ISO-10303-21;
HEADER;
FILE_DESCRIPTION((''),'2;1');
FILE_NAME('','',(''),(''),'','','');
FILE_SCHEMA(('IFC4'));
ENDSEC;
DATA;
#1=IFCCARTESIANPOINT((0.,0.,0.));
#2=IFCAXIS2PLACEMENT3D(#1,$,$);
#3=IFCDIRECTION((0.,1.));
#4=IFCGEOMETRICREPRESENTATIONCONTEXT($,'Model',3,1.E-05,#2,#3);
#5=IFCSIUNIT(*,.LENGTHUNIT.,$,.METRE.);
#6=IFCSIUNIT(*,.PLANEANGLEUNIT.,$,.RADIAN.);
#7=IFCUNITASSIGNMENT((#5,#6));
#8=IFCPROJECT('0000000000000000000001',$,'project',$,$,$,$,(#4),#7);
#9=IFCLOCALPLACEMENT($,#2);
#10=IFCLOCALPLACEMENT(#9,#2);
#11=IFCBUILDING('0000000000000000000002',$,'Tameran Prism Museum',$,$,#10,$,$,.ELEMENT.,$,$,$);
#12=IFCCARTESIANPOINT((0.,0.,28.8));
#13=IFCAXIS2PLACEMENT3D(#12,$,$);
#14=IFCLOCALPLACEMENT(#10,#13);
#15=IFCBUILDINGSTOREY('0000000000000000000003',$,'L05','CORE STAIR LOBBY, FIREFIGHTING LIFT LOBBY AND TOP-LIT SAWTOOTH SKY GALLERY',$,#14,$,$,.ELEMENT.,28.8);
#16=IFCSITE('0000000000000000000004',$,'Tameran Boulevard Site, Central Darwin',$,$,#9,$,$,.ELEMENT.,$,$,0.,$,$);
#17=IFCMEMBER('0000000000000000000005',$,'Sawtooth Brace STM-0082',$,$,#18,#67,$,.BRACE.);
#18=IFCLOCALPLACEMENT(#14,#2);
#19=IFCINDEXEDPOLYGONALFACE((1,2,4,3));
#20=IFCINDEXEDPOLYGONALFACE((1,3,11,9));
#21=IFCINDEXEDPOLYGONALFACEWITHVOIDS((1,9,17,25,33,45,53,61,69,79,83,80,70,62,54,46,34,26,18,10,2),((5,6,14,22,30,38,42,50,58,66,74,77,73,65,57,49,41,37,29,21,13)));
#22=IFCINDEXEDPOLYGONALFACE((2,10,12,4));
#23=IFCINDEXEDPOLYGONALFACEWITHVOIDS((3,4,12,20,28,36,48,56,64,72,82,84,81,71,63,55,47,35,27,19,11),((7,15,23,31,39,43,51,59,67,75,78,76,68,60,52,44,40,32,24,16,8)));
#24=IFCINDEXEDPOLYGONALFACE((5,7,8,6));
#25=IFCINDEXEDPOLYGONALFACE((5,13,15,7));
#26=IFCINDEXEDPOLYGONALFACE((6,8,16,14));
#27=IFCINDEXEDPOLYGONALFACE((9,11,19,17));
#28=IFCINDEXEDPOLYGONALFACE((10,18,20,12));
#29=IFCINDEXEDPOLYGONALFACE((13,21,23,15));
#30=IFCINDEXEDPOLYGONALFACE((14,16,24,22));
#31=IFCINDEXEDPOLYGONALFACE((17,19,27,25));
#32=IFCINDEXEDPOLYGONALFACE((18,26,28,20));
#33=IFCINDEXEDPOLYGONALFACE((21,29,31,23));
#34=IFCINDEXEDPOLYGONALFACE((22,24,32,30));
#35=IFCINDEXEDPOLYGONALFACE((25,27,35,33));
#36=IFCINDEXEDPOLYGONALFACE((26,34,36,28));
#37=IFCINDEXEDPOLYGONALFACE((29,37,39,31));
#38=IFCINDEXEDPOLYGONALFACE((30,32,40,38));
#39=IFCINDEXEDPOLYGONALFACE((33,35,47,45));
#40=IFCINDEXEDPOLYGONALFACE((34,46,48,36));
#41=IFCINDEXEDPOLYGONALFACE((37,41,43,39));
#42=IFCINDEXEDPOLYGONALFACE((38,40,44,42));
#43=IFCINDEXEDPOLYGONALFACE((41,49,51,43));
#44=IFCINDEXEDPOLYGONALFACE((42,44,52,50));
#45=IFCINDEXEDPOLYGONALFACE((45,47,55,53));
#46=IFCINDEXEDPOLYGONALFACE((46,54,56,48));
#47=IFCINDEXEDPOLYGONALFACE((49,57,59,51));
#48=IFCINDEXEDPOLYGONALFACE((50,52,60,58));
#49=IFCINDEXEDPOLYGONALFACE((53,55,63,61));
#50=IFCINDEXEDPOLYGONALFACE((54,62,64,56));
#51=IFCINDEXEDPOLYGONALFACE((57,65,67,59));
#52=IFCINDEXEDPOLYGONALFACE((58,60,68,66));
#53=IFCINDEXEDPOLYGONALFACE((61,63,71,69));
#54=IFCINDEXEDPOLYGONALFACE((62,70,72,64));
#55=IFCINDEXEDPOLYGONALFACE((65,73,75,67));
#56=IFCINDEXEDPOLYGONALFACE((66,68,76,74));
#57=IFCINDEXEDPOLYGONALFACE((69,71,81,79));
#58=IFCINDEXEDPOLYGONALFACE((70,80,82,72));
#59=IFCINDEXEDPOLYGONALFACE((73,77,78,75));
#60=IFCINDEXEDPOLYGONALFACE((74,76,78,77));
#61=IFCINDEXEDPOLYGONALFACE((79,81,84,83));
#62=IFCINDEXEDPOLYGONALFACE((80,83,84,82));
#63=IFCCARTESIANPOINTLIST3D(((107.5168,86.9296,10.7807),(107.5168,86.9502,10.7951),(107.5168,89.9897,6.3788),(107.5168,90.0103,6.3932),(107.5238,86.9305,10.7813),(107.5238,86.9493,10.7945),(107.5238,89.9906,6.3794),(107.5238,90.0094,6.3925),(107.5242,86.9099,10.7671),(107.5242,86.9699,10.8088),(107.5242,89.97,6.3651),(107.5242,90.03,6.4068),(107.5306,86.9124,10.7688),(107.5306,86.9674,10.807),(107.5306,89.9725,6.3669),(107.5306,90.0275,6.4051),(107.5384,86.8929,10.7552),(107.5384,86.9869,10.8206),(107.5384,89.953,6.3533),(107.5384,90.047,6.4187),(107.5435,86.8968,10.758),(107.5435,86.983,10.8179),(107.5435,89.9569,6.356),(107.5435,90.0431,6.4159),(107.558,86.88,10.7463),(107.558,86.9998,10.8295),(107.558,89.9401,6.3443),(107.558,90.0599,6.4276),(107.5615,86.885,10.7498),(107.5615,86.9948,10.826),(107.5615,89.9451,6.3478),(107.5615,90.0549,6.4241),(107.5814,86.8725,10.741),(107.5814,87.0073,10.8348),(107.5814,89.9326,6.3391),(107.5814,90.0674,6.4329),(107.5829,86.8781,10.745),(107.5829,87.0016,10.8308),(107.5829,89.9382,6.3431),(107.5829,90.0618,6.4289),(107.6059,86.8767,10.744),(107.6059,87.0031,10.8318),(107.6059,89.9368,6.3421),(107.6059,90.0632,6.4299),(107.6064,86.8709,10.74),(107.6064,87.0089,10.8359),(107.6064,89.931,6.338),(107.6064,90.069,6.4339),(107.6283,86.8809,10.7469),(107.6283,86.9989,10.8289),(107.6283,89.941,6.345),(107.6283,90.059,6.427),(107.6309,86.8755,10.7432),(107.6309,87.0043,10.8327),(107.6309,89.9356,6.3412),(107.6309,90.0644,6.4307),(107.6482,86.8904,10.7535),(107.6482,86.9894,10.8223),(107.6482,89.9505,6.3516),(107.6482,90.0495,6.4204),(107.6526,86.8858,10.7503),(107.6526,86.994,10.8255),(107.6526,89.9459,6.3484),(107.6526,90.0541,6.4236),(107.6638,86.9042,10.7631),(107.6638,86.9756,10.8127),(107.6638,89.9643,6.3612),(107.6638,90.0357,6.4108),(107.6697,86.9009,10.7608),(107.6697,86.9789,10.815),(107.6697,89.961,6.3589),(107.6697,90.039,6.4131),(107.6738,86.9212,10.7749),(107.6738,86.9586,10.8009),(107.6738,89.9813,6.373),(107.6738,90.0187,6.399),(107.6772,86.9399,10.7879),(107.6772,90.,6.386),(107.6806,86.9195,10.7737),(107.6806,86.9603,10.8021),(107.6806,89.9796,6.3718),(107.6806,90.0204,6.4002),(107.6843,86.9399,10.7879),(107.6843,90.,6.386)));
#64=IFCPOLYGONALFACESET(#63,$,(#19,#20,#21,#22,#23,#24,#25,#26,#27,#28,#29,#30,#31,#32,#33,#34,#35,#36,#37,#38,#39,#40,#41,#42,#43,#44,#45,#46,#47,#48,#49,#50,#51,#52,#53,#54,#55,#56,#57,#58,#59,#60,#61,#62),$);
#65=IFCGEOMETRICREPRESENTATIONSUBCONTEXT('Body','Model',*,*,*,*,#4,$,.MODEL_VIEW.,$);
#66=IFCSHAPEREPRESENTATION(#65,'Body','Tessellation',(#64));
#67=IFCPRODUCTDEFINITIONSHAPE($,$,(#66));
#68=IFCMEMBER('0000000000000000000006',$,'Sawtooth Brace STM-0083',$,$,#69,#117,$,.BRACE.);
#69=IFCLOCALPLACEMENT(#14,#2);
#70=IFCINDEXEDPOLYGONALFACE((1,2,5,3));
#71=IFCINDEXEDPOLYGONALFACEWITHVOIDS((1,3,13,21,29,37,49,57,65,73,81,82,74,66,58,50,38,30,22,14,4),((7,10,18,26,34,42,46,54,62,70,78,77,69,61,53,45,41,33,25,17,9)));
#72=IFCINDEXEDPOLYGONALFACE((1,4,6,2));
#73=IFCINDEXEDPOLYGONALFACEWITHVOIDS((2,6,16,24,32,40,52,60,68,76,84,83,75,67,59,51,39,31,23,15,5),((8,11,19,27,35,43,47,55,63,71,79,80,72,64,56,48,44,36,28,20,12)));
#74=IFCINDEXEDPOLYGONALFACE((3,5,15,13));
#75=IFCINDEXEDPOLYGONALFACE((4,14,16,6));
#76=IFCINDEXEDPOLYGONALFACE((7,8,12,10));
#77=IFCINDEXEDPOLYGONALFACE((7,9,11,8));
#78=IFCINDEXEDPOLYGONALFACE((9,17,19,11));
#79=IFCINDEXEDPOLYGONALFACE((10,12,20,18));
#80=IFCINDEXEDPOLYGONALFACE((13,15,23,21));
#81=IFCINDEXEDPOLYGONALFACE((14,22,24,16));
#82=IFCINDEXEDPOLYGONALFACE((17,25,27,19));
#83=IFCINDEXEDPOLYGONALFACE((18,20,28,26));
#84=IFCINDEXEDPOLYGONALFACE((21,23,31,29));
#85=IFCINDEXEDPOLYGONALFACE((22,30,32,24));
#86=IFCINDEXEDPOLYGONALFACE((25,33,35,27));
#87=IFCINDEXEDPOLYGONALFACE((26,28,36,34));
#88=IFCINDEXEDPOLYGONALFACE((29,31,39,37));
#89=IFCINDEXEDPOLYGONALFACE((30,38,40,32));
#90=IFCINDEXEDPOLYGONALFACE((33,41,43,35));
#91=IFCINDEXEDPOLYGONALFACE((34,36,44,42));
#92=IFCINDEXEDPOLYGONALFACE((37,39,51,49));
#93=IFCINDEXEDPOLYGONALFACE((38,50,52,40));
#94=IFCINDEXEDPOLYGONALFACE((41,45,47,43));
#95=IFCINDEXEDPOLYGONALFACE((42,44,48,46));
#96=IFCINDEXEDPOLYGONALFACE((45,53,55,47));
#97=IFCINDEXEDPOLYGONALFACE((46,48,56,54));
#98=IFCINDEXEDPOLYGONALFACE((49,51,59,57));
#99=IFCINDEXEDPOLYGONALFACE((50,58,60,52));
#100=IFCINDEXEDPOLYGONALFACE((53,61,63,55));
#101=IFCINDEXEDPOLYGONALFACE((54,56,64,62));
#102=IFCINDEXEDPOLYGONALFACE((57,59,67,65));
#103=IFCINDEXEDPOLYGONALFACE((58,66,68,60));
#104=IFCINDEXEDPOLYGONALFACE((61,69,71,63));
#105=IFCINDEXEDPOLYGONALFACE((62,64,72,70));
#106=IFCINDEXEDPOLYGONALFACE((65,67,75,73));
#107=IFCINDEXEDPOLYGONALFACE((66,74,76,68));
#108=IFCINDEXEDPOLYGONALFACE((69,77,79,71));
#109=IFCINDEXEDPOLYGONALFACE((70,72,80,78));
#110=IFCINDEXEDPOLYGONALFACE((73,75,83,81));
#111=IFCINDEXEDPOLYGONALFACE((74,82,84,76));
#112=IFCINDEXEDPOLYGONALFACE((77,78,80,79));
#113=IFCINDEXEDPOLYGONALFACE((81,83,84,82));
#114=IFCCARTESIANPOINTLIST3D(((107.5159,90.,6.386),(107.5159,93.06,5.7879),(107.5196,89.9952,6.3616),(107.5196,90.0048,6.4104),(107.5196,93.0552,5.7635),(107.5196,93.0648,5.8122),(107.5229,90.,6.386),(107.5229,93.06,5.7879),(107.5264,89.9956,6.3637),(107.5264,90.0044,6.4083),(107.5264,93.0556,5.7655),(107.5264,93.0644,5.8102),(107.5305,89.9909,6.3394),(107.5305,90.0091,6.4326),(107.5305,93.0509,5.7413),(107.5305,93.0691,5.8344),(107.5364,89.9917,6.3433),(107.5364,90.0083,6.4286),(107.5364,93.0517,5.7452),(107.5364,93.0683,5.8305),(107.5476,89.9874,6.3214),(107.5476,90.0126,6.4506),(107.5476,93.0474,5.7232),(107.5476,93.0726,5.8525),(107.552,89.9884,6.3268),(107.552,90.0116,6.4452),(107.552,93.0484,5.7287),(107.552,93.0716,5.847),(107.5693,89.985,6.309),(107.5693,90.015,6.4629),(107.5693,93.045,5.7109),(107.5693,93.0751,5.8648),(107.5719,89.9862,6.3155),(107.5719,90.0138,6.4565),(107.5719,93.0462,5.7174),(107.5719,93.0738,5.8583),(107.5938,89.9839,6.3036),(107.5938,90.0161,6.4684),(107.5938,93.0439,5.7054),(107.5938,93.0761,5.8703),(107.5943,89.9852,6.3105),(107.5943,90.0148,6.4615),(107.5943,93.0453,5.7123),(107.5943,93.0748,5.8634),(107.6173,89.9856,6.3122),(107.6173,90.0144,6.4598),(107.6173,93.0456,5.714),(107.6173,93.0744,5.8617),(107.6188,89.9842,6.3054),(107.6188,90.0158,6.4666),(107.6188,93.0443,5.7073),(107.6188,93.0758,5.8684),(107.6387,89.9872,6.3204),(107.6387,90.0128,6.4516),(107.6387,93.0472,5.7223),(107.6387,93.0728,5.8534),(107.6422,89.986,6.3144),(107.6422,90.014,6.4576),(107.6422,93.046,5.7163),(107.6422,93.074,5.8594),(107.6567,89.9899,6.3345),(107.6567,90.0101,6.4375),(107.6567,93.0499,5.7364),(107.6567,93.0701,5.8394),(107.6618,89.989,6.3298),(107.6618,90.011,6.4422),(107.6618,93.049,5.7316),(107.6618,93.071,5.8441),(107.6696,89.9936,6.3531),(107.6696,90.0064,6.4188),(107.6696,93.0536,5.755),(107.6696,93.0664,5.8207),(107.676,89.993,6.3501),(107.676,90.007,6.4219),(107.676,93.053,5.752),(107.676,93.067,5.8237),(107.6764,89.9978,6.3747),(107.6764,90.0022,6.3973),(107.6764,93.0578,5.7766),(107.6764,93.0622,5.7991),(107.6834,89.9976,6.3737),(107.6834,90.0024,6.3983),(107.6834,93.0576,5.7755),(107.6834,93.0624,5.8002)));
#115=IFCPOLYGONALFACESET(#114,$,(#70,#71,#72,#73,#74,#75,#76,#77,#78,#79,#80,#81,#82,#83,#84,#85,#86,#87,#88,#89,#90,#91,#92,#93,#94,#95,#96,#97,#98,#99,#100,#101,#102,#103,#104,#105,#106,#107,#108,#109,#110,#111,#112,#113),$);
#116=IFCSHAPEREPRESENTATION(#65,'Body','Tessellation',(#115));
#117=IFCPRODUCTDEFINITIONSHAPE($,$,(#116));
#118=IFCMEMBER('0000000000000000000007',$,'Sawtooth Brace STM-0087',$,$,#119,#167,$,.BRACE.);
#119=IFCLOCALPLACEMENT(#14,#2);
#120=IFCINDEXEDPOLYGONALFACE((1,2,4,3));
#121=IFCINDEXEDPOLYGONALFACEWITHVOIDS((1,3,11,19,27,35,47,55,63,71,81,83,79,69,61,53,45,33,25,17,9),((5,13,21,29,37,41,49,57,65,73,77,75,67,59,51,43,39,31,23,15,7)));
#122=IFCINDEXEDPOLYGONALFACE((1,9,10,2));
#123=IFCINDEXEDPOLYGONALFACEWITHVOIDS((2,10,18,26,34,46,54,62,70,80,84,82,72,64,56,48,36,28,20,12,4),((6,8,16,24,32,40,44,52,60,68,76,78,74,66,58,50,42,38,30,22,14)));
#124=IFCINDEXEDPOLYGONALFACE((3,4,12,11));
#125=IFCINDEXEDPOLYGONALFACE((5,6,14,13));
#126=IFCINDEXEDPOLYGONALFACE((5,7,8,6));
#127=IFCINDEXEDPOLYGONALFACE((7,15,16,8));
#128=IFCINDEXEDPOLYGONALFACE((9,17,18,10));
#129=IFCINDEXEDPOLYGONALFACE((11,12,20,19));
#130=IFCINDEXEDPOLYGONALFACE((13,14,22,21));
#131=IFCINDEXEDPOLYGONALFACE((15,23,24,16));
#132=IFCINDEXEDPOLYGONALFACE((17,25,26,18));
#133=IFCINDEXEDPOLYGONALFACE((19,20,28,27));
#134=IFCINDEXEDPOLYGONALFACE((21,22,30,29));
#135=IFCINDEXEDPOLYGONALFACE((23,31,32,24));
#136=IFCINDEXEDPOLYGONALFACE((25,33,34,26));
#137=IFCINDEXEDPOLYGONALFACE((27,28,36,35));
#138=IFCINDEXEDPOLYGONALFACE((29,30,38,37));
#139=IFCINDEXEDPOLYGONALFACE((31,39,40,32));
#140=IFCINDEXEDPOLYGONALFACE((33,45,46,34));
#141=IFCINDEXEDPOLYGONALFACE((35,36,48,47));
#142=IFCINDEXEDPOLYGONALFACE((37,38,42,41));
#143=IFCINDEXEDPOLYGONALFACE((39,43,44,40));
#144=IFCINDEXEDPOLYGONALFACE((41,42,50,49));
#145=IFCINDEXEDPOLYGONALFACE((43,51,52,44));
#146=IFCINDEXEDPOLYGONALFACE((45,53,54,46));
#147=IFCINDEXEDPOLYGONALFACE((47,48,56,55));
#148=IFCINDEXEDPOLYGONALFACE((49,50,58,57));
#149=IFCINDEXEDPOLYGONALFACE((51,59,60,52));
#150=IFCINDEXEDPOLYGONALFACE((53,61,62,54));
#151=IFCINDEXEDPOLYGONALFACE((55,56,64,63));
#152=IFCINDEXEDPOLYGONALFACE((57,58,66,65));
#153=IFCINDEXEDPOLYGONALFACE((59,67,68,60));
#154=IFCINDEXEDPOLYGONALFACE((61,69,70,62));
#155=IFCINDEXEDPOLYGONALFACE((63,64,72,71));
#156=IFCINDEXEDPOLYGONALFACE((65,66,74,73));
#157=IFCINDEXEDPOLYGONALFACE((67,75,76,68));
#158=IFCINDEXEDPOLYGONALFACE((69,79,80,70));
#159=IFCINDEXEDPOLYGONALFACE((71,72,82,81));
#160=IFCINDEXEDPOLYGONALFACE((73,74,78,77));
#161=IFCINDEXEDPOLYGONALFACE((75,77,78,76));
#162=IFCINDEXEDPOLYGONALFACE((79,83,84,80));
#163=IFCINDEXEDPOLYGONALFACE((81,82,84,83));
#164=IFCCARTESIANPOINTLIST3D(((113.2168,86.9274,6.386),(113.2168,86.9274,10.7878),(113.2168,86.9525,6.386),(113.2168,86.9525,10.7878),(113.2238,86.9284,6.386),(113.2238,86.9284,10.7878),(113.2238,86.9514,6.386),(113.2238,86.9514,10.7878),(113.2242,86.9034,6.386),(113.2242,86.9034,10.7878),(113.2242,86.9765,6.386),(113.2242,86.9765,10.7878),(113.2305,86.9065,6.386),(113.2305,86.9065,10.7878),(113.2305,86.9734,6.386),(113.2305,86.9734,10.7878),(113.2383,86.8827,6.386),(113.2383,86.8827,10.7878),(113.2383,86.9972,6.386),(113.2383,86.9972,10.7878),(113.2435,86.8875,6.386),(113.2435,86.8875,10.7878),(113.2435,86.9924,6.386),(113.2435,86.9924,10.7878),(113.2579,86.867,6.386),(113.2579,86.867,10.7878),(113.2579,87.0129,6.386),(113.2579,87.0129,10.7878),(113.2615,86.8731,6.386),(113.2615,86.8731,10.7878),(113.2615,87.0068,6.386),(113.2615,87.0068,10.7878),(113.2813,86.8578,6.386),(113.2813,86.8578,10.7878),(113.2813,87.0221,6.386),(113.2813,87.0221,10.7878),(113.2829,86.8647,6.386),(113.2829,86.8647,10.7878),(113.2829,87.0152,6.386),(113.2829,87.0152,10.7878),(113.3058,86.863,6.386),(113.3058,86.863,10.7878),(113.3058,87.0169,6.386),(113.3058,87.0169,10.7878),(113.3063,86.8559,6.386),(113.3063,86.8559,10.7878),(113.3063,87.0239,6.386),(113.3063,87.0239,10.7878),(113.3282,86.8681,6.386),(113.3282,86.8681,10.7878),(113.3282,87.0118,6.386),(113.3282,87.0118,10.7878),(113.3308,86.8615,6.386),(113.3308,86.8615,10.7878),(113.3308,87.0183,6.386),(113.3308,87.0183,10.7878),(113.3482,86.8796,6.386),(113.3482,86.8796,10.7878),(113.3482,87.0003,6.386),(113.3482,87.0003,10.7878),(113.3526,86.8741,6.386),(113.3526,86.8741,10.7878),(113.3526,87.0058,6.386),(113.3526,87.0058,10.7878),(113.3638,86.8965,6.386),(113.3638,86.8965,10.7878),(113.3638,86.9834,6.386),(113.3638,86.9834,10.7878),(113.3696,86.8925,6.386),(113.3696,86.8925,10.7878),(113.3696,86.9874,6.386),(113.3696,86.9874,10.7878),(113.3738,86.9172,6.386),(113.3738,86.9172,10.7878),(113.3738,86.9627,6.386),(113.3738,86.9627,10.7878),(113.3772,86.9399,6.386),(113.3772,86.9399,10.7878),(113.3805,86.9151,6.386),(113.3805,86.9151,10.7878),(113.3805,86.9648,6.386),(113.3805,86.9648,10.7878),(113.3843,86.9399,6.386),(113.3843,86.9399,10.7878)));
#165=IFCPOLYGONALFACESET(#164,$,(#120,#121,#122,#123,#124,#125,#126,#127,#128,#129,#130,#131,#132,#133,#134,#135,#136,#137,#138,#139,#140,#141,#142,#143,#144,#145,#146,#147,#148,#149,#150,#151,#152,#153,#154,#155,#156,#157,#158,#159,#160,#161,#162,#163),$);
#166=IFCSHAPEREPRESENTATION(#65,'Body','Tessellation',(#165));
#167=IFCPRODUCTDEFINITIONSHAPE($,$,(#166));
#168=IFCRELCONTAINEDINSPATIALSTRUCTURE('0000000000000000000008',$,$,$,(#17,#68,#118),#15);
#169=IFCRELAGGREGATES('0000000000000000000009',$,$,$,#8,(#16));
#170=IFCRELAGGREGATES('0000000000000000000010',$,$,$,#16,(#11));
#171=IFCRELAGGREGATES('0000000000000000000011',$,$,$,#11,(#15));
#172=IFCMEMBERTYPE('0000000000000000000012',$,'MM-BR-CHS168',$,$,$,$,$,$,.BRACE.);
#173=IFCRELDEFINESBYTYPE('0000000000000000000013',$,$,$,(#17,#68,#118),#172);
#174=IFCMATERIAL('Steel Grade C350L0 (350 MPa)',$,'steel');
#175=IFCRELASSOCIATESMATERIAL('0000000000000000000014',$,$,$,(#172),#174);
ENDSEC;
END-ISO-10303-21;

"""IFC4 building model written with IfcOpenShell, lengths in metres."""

from ifc_helpers import new_model, si_unit, direction, frame, origin, origin_2d, place, context, subcontext, project, spatial, hollow_circle, extrude, material, material_profile, profile_set, type_object, element, save


model = new_model("IFC4")

# Units and contexts
model_context = context("Model", 3, precision=1e-05, world=origin(), true_north=direction((0.0, 1.0)))
body_context = subcontext(model_context, "Body", "Model", "MODEL_VIEW")
ifc_project = project(units=[si_unit("LENGTHUNIT", "METRE"), si_unit("PLANEANGLEUNIT", "RADIAN")], contexts=[model_context])

# Site, building, storey
site_placement = place(None, origin())
site = spatial("IfcSite", under=ifc_project, at=site_placement, Name="Tameran Boulevard Site, Central Darwin", CompositionType="ELEMENT", RefElevation=0.0)
building_placement = place(site_placement, origin())
building = spatial("IfcBuilding", under=site, at=building_placement, Name="Tameran Prism Museum", CompositionType="ELEMENT")
storey_placement = place(building_placement, frame((0.0, 0.0, 28.8)))
storey = spatial("IfcBuildingStorey", under=building, at=storey_placement, Name="L05", Description="CORE STAIR LOBBY, FIREFIGHTING LIFT LOBBY AND TOP-LIT SAWTOOTH SKY GALLERY", CompositionType="ELEMENT", Elevation=28.8)

# Members
ifc_material_1 = material(Name="Steel Grade C350L0 (350 MPa)", Category="steel")
ifc_material_profile_1 = material_profile(ifc_material_1, hollow_circle(Radius=0.0842, WallThickness=0.0071, at=origin_2d()))
ifc_profile_set_1 = profile_set([ifc_material_profile_1])
member_type_1 = type_object("IfcMemberType", Name="MM-BR-CHS168", PredefinedType="BRACE", material=ifc_profile_set_1)
member_1_placement = place(storey_placement, frame((107.6001, 90.0, 6.386), z_axis=(0.0, -0.5708, 0.821089), x_axis=(1.0, 0.0, 0.0)))
element("IfcMember", 1, at=member_1_placement, inside=storey, type_object=member_type_1, Name="Sawtooth Brace STM-0082", PredefinedType="BRACE", context=body_context, shape_type="SweptSolid", body=[
    extrude(hollow_circle(Radius=0.0842, WallThickness=0.0071, at=origin_2d()), origin(), (0.0, 0.0, 1.0), 5.3611),
])
member_2_placement = place(storey_placement, frame((107.6001, 90.0, 6.386), z_axis=(0.0, 0.981427, -0.191838), x_axis=(-1.0, 0.0, 0.0)))
element("IfcMember", 2, at=member_2_placement, inside=storey, type_object=member_type_1, Name="Sawtooth Brace STM-0083", PredefinedType="BRACE", context=body_context, shape_type="SweptSolid", body=[
    extrude(hollow_circle(Radius=0.0842, WallThickness=0.0071, at=origin_2d()), origin(), (0.0, 0.0, 1.0), 3.1179),
])
member_3_placement = place(storey_placement, frame((113.3, 86.9399, 6.386), z_axis=(0.0, 0.0, 1.0), x_axis=(1.0, 0.0, 0.0)))
element("IfcMember", 3, at=member_3_placement, inside=storey, type_object=member_type_1, Name="Sawtooth Brace STM-0087", PredefinedType="BRACE", context=body_context, shape_type="SweptSolid", body=[
    extrude(hollow_circle(Radius=0.0842, WallThickness=0.0071, at=origin_2d()), origin(), (0.0, 0.0, 1.0), 4.4019),
])

save(model, "model.ifc")
